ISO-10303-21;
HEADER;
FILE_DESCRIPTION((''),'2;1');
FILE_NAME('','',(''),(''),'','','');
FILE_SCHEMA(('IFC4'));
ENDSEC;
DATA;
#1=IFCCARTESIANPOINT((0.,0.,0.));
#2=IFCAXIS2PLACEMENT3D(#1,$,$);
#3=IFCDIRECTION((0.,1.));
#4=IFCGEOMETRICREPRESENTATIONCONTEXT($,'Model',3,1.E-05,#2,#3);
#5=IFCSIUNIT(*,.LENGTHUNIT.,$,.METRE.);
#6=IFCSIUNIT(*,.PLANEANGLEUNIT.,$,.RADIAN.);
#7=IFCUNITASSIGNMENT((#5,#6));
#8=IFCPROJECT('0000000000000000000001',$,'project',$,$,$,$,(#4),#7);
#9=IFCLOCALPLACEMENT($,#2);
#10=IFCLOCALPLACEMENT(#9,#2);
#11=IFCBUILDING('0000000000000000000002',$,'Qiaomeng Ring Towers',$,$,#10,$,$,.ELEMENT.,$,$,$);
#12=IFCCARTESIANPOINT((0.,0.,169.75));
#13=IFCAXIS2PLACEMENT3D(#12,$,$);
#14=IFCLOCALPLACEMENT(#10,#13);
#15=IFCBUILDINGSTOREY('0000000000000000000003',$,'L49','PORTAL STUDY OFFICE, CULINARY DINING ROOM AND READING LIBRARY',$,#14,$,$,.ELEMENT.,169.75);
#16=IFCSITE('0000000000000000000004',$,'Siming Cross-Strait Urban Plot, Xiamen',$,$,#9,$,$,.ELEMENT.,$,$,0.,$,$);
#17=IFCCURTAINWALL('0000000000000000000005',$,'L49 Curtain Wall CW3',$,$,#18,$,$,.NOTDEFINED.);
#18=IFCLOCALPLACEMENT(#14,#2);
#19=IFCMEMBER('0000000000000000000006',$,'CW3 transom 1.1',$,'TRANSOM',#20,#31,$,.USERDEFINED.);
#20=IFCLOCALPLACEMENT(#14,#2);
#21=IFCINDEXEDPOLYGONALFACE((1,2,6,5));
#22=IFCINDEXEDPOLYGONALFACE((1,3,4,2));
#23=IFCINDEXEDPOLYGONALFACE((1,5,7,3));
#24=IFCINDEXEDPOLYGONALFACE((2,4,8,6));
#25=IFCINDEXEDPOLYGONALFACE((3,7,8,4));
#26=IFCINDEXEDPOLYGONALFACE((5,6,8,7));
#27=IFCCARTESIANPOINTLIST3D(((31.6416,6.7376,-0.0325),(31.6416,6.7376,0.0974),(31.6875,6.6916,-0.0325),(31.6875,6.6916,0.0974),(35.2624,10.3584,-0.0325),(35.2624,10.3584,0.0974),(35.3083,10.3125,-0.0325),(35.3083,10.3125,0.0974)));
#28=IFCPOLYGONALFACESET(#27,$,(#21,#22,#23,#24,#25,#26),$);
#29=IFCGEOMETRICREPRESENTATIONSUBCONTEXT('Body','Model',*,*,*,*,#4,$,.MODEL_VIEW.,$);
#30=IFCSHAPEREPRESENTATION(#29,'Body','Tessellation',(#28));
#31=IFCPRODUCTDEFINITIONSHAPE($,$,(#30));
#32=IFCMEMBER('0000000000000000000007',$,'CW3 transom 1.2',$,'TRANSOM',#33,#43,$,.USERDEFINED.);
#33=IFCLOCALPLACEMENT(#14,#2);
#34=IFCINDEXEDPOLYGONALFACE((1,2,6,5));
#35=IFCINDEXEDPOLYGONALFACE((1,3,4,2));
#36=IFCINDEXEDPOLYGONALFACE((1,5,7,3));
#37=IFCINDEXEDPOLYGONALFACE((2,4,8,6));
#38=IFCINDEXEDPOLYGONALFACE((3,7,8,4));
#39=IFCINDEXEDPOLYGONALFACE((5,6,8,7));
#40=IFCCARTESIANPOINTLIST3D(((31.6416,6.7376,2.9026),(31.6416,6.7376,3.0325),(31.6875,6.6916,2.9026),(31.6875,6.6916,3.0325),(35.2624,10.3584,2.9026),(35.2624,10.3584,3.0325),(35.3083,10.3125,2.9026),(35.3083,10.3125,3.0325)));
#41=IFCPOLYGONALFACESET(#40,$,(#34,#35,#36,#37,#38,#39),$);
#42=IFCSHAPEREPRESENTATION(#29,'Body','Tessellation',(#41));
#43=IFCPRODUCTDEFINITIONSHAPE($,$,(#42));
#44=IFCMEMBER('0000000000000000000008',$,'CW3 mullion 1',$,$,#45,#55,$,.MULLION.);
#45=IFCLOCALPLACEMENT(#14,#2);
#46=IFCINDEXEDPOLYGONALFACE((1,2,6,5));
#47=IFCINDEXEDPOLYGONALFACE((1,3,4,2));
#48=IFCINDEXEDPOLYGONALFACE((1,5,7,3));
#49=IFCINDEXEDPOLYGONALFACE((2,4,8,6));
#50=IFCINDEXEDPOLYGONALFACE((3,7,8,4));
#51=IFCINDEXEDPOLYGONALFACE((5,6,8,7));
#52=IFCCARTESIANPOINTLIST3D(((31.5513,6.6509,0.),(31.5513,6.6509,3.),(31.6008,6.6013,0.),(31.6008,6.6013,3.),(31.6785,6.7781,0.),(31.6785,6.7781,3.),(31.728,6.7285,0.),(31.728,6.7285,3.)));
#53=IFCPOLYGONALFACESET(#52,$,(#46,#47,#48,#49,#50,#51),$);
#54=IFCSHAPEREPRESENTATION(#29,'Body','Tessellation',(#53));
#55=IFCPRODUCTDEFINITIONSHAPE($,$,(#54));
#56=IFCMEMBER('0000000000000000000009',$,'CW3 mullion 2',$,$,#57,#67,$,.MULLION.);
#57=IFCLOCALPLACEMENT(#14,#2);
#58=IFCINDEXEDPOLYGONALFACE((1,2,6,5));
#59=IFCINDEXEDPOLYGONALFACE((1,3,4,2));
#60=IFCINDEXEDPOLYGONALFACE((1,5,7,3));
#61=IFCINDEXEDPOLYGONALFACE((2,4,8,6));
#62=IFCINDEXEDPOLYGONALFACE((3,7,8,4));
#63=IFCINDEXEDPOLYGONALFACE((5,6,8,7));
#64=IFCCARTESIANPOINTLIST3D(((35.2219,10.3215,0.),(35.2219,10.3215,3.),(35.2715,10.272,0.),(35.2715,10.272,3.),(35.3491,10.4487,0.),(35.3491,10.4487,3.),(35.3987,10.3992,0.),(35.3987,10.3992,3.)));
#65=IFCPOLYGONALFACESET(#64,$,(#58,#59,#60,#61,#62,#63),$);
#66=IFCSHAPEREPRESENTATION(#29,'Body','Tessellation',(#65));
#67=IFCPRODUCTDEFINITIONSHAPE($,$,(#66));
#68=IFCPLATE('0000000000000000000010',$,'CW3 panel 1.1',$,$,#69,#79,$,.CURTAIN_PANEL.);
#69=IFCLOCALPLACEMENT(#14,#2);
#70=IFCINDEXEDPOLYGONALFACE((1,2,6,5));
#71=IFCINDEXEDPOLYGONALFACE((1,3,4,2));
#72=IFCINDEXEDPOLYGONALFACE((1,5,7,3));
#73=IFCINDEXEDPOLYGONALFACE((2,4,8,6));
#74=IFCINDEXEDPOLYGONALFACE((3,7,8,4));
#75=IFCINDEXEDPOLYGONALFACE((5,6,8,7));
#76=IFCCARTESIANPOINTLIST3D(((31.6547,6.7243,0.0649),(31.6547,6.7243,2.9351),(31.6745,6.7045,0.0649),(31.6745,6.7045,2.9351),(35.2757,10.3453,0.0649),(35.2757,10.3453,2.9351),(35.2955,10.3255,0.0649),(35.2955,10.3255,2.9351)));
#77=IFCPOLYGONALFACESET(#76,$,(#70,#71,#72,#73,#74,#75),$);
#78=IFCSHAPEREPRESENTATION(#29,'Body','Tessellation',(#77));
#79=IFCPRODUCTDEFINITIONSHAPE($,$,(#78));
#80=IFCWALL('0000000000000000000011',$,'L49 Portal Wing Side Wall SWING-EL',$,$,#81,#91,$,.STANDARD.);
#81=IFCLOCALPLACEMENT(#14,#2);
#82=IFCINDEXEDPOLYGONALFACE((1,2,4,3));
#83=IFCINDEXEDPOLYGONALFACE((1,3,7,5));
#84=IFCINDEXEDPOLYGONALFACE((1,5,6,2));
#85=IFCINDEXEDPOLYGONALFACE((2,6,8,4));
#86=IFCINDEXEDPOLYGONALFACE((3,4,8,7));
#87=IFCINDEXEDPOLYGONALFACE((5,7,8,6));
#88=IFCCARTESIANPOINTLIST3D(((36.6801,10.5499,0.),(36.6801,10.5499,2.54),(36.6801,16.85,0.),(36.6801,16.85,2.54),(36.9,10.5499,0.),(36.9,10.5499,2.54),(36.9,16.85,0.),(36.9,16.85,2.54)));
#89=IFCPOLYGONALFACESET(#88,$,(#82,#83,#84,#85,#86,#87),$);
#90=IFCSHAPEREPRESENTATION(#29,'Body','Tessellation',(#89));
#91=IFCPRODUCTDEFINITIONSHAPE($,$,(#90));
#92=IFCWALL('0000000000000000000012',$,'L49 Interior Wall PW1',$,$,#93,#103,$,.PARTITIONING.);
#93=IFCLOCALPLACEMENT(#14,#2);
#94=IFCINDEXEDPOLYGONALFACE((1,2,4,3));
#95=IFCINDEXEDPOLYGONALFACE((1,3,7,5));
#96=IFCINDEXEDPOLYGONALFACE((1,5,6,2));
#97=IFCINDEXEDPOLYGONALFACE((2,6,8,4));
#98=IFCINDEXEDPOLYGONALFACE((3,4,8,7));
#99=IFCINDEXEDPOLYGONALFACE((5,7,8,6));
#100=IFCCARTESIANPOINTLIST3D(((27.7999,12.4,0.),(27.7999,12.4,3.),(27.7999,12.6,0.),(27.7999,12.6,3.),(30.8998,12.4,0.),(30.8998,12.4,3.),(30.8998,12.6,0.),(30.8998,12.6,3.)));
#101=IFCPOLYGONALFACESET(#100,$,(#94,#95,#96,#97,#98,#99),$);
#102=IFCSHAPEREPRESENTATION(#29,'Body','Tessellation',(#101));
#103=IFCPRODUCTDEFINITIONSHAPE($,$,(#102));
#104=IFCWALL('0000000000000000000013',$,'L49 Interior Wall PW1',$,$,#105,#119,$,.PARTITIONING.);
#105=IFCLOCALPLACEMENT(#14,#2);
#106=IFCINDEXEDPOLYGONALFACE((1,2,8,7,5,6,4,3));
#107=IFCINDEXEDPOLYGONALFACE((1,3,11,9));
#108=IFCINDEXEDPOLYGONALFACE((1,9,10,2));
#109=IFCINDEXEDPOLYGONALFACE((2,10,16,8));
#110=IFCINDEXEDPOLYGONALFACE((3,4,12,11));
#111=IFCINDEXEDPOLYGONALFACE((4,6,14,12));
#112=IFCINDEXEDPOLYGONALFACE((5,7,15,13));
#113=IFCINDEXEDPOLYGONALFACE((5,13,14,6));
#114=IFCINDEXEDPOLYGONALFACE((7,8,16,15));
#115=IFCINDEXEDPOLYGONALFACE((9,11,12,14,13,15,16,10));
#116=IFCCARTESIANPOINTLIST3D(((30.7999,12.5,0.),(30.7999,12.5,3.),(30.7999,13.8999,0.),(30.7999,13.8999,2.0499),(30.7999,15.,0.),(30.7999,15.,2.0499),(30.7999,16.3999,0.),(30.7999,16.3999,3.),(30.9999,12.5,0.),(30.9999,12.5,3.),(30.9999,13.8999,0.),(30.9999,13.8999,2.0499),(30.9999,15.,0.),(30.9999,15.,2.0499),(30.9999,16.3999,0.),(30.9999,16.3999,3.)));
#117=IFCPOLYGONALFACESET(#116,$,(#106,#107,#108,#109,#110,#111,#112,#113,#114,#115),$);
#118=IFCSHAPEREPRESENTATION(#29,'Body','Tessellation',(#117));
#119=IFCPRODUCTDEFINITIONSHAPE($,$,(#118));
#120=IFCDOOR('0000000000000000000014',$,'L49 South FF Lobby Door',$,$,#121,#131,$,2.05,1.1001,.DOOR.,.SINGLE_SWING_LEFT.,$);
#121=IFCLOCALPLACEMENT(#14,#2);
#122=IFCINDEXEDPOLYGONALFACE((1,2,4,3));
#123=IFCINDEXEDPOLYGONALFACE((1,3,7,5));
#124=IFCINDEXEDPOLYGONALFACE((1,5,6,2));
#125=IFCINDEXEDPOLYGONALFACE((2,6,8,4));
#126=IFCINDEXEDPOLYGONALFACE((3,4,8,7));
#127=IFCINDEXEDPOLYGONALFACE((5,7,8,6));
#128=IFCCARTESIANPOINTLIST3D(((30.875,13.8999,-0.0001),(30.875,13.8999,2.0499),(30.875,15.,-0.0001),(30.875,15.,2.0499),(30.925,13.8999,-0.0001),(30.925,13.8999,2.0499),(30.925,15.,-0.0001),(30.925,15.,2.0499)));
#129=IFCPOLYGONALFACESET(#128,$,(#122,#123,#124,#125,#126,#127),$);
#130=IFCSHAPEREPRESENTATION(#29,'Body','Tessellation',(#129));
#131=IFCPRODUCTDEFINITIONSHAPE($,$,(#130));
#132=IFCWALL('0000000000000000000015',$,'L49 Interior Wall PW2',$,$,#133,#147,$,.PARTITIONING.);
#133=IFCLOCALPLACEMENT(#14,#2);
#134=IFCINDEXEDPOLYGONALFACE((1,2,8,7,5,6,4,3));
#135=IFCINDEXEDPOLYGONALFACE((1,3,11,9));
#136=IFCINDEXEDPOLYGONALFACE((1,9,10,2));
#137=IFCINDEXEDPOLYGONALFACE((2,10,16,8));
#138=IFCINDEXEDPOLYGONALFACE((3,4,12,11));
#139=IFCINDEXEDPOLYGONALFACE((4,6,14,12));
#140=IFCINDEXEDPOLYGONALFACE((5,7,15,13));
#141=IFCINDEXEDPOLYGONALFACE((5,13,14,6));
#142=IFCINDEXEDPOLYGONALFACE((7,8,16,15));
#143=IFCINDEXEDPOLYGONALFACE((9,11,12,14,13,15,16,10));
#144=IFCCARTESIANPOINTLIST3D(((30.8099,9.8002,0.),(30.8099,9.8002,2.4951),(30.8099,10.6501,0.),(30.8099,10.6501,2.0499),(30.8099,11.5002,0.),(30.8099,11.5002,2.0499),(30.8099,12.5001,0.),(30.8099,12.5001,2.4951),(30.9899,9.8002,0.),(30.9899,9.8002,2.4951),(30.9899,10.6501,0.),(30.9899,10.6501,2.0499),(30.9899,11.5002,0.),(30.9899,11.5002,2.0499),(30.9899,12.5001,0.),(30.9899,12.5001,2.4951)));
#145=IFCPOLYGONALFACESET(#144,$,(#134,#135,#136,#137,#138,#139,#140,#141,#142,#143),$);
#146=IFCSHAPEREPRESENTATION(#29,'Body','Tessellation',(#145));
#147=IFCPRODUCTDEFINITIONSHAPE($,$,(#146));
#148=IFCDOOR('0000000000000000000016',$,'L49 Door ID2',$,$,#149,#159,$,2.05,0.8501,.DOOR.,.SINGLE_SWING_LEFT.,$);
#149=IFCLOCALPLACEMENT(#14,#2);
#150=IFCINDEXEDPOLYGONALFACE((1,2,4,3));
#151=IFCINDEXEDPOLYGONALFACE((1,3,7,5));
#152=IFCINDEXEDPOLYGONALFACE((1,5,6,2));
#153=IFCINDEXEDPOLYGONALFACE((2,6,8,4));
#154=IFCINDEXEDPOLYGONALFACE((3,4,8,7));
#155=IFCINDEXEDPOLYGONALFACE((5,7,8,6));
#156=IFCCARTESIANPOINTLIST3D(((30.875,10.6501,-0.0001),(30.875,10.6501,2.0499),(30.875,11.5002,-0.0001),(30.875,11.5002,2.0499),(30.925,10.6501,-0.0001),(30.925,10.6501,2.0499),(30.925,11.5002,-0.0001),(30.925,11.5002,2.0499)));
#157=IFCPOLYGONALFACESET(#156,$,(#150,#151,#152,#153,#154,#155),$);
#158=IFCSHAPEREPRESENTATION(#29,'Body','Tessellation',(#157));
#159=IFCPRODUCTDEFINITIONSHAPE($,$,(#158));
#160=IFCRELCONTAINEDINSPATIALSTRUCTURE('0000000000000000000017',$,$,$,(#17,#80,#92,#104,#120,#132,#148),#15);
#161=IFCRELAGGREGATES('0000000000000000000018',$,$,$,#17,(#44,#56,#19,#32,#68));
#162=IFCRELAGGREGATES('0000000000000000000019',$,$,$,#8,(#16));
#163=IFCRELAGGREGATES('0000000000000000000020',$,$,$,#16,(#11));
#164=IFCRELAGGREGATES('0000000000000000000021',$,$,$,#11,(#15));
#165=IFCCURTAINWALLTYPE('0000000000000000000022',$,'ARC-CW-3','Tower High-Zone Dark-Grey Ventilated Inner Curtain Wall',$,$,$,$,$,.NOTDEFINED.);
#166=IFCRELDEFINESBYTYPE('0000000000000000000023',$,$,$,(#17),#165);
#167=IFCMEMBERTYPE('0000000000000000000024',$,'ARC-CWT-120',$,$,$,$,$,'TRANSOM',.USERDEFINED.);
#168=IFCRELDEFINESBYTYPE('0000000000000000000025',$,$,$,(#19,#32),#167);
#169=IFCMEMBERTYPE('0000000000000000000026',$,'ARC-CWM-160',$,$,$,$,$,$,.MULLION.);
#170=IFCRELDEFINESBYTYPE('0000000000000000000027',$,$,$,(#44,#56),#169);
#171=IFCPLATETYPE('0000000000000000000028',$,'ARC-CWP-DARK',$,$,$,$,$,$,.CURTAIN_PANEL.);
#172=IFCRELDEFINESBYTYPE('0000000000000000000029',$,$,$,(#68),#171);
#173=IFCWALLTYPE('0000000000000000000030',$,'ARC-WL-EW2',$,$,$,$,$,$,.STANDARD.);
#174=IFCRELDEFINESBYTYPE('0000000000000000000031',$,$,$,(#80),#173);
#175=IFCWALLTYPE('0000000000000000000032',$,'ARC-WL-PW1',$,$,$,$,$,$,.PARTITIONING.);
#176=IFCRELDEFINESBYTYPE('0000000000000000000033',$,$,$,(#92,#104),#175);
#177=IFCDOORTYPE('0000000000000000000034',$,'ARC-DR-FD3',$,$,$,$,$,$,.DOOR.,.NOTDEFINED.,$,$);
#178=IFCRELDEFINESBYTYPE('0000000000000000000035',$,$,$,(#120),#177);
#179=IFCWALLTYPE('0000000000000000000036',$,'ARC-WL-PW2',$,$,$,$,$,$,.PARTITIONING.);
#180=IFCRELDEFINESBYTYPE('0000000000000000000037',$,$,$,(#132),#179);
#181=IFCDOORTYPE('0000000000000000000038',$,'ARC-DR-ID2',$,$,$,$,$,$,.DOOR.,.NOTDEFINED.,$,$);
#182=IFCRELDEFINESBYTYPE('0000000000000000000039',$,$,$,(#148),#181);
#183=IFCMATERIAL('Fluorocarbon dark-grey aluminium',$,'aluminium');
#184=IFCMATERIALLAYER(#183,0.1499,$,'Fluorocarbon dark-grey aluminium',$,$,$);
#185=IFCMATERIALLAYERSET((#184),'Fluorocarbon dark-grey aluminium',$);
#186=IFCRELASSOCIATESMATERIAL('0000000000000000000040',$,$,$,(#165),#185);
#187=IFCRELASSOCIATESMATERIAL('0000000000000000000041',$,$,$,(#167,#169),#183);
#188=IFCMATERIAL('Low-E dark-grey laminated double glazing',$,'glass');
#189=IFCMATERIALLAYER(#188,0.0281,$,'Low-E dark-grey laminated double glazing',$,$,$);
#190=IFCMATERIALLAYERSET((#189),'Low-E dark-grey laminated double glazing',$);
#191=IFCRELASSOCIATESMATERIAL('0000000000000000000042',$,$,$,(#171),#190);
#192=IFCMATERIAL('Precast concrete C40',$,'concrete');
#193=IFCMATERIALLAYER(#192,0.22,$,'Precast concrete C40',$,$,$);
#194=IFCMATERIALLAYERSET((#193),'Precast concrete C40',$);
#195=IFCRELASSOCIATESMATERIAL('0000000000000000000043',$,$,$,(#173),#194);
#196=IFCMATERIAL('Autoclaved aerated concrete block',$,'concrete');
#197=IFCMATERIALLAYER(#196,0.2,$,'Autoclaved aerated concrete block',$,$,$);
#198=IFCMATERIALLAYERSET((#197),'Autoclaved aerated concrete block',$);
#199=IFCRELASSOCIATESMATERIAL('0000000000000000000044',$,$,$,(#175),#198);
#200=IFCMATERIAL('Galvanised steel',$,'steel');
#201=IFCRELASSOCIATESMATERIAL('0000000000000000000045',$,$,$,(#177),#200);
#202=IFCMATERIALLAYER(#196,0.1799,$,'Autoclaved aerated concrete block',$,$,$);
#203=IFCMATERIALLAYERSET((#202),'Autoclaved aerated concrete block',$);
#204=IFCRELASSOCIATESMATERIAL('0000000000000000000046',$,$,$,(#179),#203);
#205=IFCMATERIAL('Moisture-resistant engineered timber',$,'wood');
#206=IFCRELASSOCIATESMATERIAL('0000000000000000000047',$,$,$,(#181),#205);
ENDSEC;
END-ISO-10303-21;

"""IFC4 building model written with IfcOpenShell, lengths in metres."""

from ifc_helpers import new_model, si_unit, direction, frame, frame_2d, origin, origin_2d, place, context, subcontext, project, spatial, rectangle, extrude, source, transform, mapped, material, layer, layer_set, material_profile, profile_set, type_object, element, fill, aggregate, save


model = new_model("IFC4")

# Units and contexts
model_context = context("Model", 3, precision=1e-05, world=origin(), true_north=direction((0.0, 1.0)))
body_context = subcontext(model_context, "Body", "Model", "MODEL_VIEW")
ifc_project = project(units=[si_unit("LENGTHUNIT", "METRE"), si_unit("PLANEANGLEUNIT", "RADIAN")], contexts=[model_context])

# Site, building, storey
site_placement = place(None, origin())
site = spatial("IfcSite", under=ifc_project, at=site_placement, Name="Siming Cross-Strait Urban Plot, Xiamen", CompositionType="ELEMENT", RefElevation=0.0)
building_placement = place(site_placement, origin())
building = spatial("IfcBuilding", under=site, at=building_placement, Name="Qiaomeng Ring Towers", CompositionType="ELEMENT")
storey_placement = place(building_placement, frame((0.0, 0.0, 169.75)))
storey = spatial("IfcBuildingStorey", under=building, at=storey_placement, Name="L49", Description="PORTAL STUDY OFFICE, CULINARY DINING ROOM AND READING LIBRARY", CompositionType="ELEMENT", Elevation=169.75)

# Curtain wall, members, plate
ifc_material_1 = material(Name="Fluorocarbon dark-grey aluminium", Category="aluminium")
ifc_layer_1 = layer(ifc_material_1, 0.1499, Name="Fluorocarbon dark-grey aluminium")
ifc_layer_set_1 = layer_set([ifc_layer_1], Name="Fluorocarbon dark-grey aluminium")
curtain_wall_type = type_object("IfcCurtainWallType", Name="ARC-CW-3", Description="Tower High-Zone Dark-Grey Ventilated Inner Curtain Wall", PredefinedType="NOTDEFINED", material=ifc_layer_set_1)
curtain_wall_placement = place(storey_placement, origin())
curtain_wall = element("IfcCurtainWall", 1, at=curtain_wall_placement, inside=storey, type_object=curtain_wall_type, Name="L49 Curtain Wall CW3", PredefinedType="NOTDEFINED")
ifc_material_profile_1 = material_profile(ifc_material_1, rectangle(XDim=0.0649, YDim=0.1299, at=origin_2d()), Name="ALU TRAN 65x130")
ifc_profile_set_1 = profile_set([ifc_material_profile_1], Name="Fluorocarbon dark-grey aluminium")
member_type_1 = type_object("IfcMemberType", Name="ARC-CWT-120", ElementType="TRANSOM", PredefinedType="USERDEFINED", material=ifc_profile_set_1)
shared_shape_1 = source(origin(), body_context, "Body", "SweptSolid", [
    extrude(rectangle(XDim=0.0649, YDim=0.1299, at=origin_2d()), origin(), (0.0, 0.0, 1.0), 5.1206),
])
member_1_placement = place(storey_placement, frame((31.6646, 6.7146, 0.0325), z_axis=(0.707107, 0.707107, 0.0), x_axis=(-0.707107, 0.707107, 0.0)))
member_1 = element("IfcMember", 2, at=member_1_placement, type_object=member_type_1, Name="CW3 transom 1.1", ObjectType="TRANSOM", PredefinedType="USERDEFINED", context=body_context, shape_type="MappedRepresentation", body=[
    mapped(shared_shape_1, transform((0.0, 0.0, 0.0), x_axis=(1.0, 0.0, 0.0), y_axis=(0.0, 1.0, 0.0), z_axis=(0.0, 0.0, 1.0), scale=1.0)),
])
member_2_placement = place(storey_placement, frame((31.6646, 6.7146, 2.9675), z_axis=(0.707107, 0.707107, 0.0), x_axis=(-0.707107, 0.707107, 0.0)))
member_2 = element("IfcMember", 3, at=member_2_placement, type_object=member_type_1, Name="CW3 transom 1.2", ObjectType="TRANSOM", PredefinedType="USERDEFINED", context=body_context, shape_type="MappedRepresentation", body=[
    mapped(shared_shape_1, transform((0.0, 0.0, 0.0), x_axis=(1.0, 0.0, 0.0), y_axis=(0.0, 1.0, 0.0), z_axis=(0.0, 0.0, 1.0), scale=1.0)),
])
ifc_material_profile_2 = material_profile(ifc_material_1, rectangle(XDim=0.0701, YDim=0.1799, at=origin_2d()), Name="ALU MULL 70x180")
ifc_profile_set_2 = profile_set([ifc_material_profile_2], Name="Fluorocarbon dark-grey aluminium")
member_type_2 = type_object("IfcMemberType", Name="ARC-CWM-160", PredefinedType="MULLION", material=ifc_profile_set_2)
shared_shape_2 = source(origin(), body_context, "Body", "SweptSolid", [
    extrude(rectangle(XDim=0.0701, YDim=0.1799, at=origin_2d()), origin(), (0.0, 0.0, 1.0), 3.0),
])
member_3_placement = place(storey_placement, frame((31.6396, 6.6897, 0.0), z_axis=(0.0, 0.0, 1.0), x_axis=(-0.707107, 0.707107, 0.0)))
member_3 = element("IfcMember", 4, at=member_3_placement, type_object=member_type_2, Name="CW3 mullion 1", PredefinedType="MULLION", context=body_context, shape_type="MappedRepresentation", body=[
    mapped(shared_shape_2, transform((0.0, 0.0, 0.0), x_axis=(1.0, 0.0, 0.0), y_axis=(0.0, 1.0, 0.0), z_axis=(0.0, 0.0, 1.0), scale=1.0)),
])
member_4_placement = place(storey_placement, frame((35.3103, 10.3604, 0.0), z_axis=(0.0, 0.0, 1.0), x_axis=(-0.707107, 0.707107, 0.0)))
member_4 = element("IfcMember", 5, at=member_4_placement, type_object=member_type_2, Name="CW3 mullion 2", PredefinedType="MULLION", context=body_context, shape_type="MappedRepresentation", body=[
    mapped(shared_shape_2, transform((0.0, 0.0, 0.0), x_axis=(1.0, 0.0, 0.0), y_axis=(0.0, 1.0, 0.0), z_axis=(0.0, 0.0, 1.0), scale=1.0)),
])
ifc_material_2 = material(Name="Low-E dark-grey laminated double glazing", Category="glass")
ifc_layer_2 = layer(ifc_material_2, 0.0281, Name="Low-E dark-grey laminated double glazing")
ifc_layer_set_2 = layer_set([ifc_layer_2], Name="Low-E dark-grey laminated double glazing")
plate_type = type_object("IfcPlateType", Name="ARC-CWP-DARK", PredefinedType="CURTAIN_PANEL", material=ifc_layer_set_2)
shared_shape_3 = source(origin(), body_context, "Body", "SweptSolid", [
    extrude(rectangle(XDim=5.1208, YDim=0.0281, at=origin_2d()), origin(), (0.0, 0.0, 1.0), 2.8701),
])
plate_placement = place(storey_placement, frame((33.4751, 8.5249, 0.0649), z_axis=(0.0, 0.0, 1.0), x_axis=(0.707107, 0.707107, 0.0)))
plate = element("IfcPlate", 6, at=plate_placement, type_object=plate_type, Name="CW3 panel 1.1", PredefinedType="CURTAIN_PANEL", context=body_context, shape_type="MappedRepresentation", body=[
    mapped(shared_shape_3, transform((0.0, 0.0, 0.0), x_axis=(1.0, 0.0, 0.0), y_axis=(0.0, 1.0, 0.0), z_axis=(0.0, 0.0, 1.0), scale=1.0)),
])
aggregate(curtain_wall, [member_3, member_4, member_1, member_2, plate])

# Walls
ifc_material_3 = material(Name="Precast concrete C40", Category="concrete")
ifc_layer_3 = layer(ifc_material_3, 0.22, Name="Precast concrete C40")
ifc_layer_set_3 = layer_set([ifc_layer_3], Name="Precast concrete C40")
wall_type_1 = type_object("IfcWallType", Name="ARC-WL-EW2", PredefinedType="STANDARD", material=ifc_layer_set_3)
wall_1_placement = place(storey_placement, frame((36.79, 10.55, 0.0), z_axis=(0.0, 0.0, 1.0), x_axis=(0.0, 1.0, 0.0)))
element("IfcWall", 7, at=wall_1_placement, inside=storey, type_object=wall_type_1, Name="L49 Portal Wing Side Wall SWING-EL", PredefinedType="STANDARD", context=body_context, shape_type="SweptSolid", body=[
    extrude(rectangle(XDim=6.3, YDim=0.22, at=frame_2d((3.1499, 0.0))), origin(), (0.0, 0.0, 1.0), 2.54),
])
ifc_material_4 = material(Name="Autoclaved aerated concrete block", Category="concrete")
ifc_layer_4 = layer(ifc_material_4, 0.2, Name="Autoclaved aerated concrete block")
ifc_layer_set_4 = layer_set([ifc_layer_4], Name="Autoclaved aerated concrete block")
wall_type_2 = type_object("IfcWallType", Name="ARC-WL-PW1", PredefinedType="PARTITIONING", material=ifc_layer_set_4)
wall_2_placement = place(storey_placement, frame((27.8, 12.5, 0.0), z_axis=(0.0, 0.0, 1.0), x_axis=(1.0, 0.0, 0.0)))
element("IfcWall", 8, at=wall_2_placement, inside=storey, type_object=wall_type_2, Name="L49 Interior Wall PW1", PredefinedType="PARTITIONING", context=body_context, shape_type="SweptSolid", body=[
    extrude(rectangle(XDim=3.0999, YDim=0.2, at=frame_2d((1.5498, 0.0))), origin(), (0.0, 0.0, 1.0), 3.0),
])

# Walls, openings, doors
wall_3_placement = place(storey_placement, frame((30.8999, 12.5, 0.0), z_axis=(0.0, 0.0, 1.0), x_axis=(0.0, 1.0, 0.0)))
wall_3 = element("IfcWall", 9, at=wall_3_placement, inside=storey, type_object=wall_type_2, Name="L49 Interior Wall PW1", PredefinedType="PARTITIONING", context=body_context, shape_type="SweptSolid", body=[
    extrude(rectangle(XDim=3.8999, YDim=0.2, at=frame_2d((1.95, 0.0))), origin(), (0.0, 0.0, 1.0), 3.0),
])
opening_1_placement = place(wall_3_placement, frame((1.3999, 0.0, 0.0)))
opening_1 = element("IfcOpeningElement", 10, at=opening_1_placement, cuts=wall_3, PredefinedType="OPENING", context=body_context, shape_type="SweptSolid", body=[
    extrude(rectangle(XDim=1.1001, YDim=2.05, at=frame_2d((0.55, 1.0249))), frame((0.0, 0.1099, 0.0), z_axis=(0.0, -1.0, 0.0), x_axis=(1.0, 0.0, 0.0)), (0.0, 0.0, 1.0), 0.22),
])
ifc_material_5 = material(Name="Galvanised steel", Category="steel")
door_type_1 = type_object("IfcDoorType", Name="ARC-DR-FD3", OperationType="NOTDEFINED", PredefinedType="DOOR", material=ifc_material_5)
shared_shape_4 = source(origin(), body_context, "Body", "SweptSolid", [
    extrude(rectangle(XDim=1.1001, YDim=2.05, at=frame_2d((0.55, 1.0249))), frame((0.0, 0.0249, 0.0), z_axis=(0.0, -1.0, 0.0), x_axis=(1.0, 0.0, 0.0)), (0.0, 0.0, 1.0), 0.05),
])
door_1_placement = place(opening_1_placement, origin())
door_1 = element("IfcDoor", 11, at=door_1_placement, inside=storey, type_object=door_type_1, Name="L49 South FF Lobby Door", OperationType="SINGLE_SWING_LEFT", OverallHeight=2.05, OverallWidth=1.1001, PredefinedType="DOOR", context=body_context, shape_type="MappedRepresentation", body=[
    mapped(shared_shape_4, transform((0.0, 0.0, 0.0), x_axis=(1.0, 0.0, 0.0), y_axis=(0.0, 1.0, 0.0), z_axis=(0.0, 0.0, 1.0), scale=1.0)),
])
fill(opening_1, door_1)
ifc_layer_5 = layer(ifc_material_4, 0.1799, Name="Autoclaved aerated concrete block")
ifc_layer_set_5 = layer_set([ifc_layer_5], Name="Autoclaved aerated concrete block")
wall_type_3 = type_object("IfcWallType", Name="ARC-WL-PW2", PredefinedType="PARTITIONING", material=ifc_layer_set_5)
wall_4_placement = place(storey_placement, frame((30.8999, 9.8, 0.0), z_axis=(0.0, 0.0, 1.0), x_axis=(0.0, 1.0, 0.0)))
wall_4 = element("IfcWall", 12, at=wall_4_placement, inside=storey, type_object=wall_type_3, Name="L49 Interior Wall PW2", PredefinedType="PARTITIONING", context=body_context, shape_type="SweptSolid", body=[
    extrude(rectangle(XDim=2.7, YDim=0.1799, at=frame_2d((1.3501, 0.0))), origin(), (0.0, 0.0, 1.0), 2.4951),
])
opening_2_placement = place(wall_4_placement, frame((0.8501, 0.0, 0.0)))
opening_2 = element("IfcOpeningElement", 13, at=opening_2_placement, cuts=wall_4, PredefinedType="OPENING", context=body_context, shape_type="SweptSolid", body=[
    extrude(rectangle(XDim=0.8501, YDim=2.05, at=frame_2d((0.425, 1.0249))), frame((0.0, 0.0999, 0.0), z_axis=(0.0, -1.0, 0.0), x_axis=(1.0, 0.0, 0.0)), (0.0, 0.0, 1.0), 0.2),
])
ifc_material_6 = material(Name="Moisture-resistant engineered timber", Category="wood")
door_type_2 = type_object("IfcDoorType", Name="ARC-DR-ID2", OperationType="NOTDEFINED", PredefinedType="DOOR", material=ifc_material_6)
shared_shape_5 = source(origin(), body_context, "Body", "SweptSolid", [
    extrude(rectangle(XDim=0.8501, YDim=2.05, at=frame_2d((0.425, 1.0249))), frame((0.0, 0.0249, 0.0), z_axis=(0.0, -1.0, 0.0), x_axis=(1.0, 0.0, 0.0)), (0.0, 0.0, 1.0), 0.05),
])
door_2_placement = place(opening_2_placement, origin())
door_2 = element("IfcDoor", 14, at=door_2_placement, inside=storey, type_object=door_type_2, Name="L49 Door ID2", OperationType="SINGLE_SWING_LEFT", OverallHeight=2.05, OverallWidth=0.8501, PredefinedType="DOOR", context=body_context, shape_type="MappedRepresentation", body=[
    mapped(shared_shape_5, transform((0.0, 0.0, 0.0), x_axis=(1.0, 0.0, 0.0), y_axis=(0.0, 1.0, 0.0), z_axis=(0.0, 0.0, 1.0), scale=1.0)),
])
fill(opening_2, door_2)

save(model, "model.ifc")
